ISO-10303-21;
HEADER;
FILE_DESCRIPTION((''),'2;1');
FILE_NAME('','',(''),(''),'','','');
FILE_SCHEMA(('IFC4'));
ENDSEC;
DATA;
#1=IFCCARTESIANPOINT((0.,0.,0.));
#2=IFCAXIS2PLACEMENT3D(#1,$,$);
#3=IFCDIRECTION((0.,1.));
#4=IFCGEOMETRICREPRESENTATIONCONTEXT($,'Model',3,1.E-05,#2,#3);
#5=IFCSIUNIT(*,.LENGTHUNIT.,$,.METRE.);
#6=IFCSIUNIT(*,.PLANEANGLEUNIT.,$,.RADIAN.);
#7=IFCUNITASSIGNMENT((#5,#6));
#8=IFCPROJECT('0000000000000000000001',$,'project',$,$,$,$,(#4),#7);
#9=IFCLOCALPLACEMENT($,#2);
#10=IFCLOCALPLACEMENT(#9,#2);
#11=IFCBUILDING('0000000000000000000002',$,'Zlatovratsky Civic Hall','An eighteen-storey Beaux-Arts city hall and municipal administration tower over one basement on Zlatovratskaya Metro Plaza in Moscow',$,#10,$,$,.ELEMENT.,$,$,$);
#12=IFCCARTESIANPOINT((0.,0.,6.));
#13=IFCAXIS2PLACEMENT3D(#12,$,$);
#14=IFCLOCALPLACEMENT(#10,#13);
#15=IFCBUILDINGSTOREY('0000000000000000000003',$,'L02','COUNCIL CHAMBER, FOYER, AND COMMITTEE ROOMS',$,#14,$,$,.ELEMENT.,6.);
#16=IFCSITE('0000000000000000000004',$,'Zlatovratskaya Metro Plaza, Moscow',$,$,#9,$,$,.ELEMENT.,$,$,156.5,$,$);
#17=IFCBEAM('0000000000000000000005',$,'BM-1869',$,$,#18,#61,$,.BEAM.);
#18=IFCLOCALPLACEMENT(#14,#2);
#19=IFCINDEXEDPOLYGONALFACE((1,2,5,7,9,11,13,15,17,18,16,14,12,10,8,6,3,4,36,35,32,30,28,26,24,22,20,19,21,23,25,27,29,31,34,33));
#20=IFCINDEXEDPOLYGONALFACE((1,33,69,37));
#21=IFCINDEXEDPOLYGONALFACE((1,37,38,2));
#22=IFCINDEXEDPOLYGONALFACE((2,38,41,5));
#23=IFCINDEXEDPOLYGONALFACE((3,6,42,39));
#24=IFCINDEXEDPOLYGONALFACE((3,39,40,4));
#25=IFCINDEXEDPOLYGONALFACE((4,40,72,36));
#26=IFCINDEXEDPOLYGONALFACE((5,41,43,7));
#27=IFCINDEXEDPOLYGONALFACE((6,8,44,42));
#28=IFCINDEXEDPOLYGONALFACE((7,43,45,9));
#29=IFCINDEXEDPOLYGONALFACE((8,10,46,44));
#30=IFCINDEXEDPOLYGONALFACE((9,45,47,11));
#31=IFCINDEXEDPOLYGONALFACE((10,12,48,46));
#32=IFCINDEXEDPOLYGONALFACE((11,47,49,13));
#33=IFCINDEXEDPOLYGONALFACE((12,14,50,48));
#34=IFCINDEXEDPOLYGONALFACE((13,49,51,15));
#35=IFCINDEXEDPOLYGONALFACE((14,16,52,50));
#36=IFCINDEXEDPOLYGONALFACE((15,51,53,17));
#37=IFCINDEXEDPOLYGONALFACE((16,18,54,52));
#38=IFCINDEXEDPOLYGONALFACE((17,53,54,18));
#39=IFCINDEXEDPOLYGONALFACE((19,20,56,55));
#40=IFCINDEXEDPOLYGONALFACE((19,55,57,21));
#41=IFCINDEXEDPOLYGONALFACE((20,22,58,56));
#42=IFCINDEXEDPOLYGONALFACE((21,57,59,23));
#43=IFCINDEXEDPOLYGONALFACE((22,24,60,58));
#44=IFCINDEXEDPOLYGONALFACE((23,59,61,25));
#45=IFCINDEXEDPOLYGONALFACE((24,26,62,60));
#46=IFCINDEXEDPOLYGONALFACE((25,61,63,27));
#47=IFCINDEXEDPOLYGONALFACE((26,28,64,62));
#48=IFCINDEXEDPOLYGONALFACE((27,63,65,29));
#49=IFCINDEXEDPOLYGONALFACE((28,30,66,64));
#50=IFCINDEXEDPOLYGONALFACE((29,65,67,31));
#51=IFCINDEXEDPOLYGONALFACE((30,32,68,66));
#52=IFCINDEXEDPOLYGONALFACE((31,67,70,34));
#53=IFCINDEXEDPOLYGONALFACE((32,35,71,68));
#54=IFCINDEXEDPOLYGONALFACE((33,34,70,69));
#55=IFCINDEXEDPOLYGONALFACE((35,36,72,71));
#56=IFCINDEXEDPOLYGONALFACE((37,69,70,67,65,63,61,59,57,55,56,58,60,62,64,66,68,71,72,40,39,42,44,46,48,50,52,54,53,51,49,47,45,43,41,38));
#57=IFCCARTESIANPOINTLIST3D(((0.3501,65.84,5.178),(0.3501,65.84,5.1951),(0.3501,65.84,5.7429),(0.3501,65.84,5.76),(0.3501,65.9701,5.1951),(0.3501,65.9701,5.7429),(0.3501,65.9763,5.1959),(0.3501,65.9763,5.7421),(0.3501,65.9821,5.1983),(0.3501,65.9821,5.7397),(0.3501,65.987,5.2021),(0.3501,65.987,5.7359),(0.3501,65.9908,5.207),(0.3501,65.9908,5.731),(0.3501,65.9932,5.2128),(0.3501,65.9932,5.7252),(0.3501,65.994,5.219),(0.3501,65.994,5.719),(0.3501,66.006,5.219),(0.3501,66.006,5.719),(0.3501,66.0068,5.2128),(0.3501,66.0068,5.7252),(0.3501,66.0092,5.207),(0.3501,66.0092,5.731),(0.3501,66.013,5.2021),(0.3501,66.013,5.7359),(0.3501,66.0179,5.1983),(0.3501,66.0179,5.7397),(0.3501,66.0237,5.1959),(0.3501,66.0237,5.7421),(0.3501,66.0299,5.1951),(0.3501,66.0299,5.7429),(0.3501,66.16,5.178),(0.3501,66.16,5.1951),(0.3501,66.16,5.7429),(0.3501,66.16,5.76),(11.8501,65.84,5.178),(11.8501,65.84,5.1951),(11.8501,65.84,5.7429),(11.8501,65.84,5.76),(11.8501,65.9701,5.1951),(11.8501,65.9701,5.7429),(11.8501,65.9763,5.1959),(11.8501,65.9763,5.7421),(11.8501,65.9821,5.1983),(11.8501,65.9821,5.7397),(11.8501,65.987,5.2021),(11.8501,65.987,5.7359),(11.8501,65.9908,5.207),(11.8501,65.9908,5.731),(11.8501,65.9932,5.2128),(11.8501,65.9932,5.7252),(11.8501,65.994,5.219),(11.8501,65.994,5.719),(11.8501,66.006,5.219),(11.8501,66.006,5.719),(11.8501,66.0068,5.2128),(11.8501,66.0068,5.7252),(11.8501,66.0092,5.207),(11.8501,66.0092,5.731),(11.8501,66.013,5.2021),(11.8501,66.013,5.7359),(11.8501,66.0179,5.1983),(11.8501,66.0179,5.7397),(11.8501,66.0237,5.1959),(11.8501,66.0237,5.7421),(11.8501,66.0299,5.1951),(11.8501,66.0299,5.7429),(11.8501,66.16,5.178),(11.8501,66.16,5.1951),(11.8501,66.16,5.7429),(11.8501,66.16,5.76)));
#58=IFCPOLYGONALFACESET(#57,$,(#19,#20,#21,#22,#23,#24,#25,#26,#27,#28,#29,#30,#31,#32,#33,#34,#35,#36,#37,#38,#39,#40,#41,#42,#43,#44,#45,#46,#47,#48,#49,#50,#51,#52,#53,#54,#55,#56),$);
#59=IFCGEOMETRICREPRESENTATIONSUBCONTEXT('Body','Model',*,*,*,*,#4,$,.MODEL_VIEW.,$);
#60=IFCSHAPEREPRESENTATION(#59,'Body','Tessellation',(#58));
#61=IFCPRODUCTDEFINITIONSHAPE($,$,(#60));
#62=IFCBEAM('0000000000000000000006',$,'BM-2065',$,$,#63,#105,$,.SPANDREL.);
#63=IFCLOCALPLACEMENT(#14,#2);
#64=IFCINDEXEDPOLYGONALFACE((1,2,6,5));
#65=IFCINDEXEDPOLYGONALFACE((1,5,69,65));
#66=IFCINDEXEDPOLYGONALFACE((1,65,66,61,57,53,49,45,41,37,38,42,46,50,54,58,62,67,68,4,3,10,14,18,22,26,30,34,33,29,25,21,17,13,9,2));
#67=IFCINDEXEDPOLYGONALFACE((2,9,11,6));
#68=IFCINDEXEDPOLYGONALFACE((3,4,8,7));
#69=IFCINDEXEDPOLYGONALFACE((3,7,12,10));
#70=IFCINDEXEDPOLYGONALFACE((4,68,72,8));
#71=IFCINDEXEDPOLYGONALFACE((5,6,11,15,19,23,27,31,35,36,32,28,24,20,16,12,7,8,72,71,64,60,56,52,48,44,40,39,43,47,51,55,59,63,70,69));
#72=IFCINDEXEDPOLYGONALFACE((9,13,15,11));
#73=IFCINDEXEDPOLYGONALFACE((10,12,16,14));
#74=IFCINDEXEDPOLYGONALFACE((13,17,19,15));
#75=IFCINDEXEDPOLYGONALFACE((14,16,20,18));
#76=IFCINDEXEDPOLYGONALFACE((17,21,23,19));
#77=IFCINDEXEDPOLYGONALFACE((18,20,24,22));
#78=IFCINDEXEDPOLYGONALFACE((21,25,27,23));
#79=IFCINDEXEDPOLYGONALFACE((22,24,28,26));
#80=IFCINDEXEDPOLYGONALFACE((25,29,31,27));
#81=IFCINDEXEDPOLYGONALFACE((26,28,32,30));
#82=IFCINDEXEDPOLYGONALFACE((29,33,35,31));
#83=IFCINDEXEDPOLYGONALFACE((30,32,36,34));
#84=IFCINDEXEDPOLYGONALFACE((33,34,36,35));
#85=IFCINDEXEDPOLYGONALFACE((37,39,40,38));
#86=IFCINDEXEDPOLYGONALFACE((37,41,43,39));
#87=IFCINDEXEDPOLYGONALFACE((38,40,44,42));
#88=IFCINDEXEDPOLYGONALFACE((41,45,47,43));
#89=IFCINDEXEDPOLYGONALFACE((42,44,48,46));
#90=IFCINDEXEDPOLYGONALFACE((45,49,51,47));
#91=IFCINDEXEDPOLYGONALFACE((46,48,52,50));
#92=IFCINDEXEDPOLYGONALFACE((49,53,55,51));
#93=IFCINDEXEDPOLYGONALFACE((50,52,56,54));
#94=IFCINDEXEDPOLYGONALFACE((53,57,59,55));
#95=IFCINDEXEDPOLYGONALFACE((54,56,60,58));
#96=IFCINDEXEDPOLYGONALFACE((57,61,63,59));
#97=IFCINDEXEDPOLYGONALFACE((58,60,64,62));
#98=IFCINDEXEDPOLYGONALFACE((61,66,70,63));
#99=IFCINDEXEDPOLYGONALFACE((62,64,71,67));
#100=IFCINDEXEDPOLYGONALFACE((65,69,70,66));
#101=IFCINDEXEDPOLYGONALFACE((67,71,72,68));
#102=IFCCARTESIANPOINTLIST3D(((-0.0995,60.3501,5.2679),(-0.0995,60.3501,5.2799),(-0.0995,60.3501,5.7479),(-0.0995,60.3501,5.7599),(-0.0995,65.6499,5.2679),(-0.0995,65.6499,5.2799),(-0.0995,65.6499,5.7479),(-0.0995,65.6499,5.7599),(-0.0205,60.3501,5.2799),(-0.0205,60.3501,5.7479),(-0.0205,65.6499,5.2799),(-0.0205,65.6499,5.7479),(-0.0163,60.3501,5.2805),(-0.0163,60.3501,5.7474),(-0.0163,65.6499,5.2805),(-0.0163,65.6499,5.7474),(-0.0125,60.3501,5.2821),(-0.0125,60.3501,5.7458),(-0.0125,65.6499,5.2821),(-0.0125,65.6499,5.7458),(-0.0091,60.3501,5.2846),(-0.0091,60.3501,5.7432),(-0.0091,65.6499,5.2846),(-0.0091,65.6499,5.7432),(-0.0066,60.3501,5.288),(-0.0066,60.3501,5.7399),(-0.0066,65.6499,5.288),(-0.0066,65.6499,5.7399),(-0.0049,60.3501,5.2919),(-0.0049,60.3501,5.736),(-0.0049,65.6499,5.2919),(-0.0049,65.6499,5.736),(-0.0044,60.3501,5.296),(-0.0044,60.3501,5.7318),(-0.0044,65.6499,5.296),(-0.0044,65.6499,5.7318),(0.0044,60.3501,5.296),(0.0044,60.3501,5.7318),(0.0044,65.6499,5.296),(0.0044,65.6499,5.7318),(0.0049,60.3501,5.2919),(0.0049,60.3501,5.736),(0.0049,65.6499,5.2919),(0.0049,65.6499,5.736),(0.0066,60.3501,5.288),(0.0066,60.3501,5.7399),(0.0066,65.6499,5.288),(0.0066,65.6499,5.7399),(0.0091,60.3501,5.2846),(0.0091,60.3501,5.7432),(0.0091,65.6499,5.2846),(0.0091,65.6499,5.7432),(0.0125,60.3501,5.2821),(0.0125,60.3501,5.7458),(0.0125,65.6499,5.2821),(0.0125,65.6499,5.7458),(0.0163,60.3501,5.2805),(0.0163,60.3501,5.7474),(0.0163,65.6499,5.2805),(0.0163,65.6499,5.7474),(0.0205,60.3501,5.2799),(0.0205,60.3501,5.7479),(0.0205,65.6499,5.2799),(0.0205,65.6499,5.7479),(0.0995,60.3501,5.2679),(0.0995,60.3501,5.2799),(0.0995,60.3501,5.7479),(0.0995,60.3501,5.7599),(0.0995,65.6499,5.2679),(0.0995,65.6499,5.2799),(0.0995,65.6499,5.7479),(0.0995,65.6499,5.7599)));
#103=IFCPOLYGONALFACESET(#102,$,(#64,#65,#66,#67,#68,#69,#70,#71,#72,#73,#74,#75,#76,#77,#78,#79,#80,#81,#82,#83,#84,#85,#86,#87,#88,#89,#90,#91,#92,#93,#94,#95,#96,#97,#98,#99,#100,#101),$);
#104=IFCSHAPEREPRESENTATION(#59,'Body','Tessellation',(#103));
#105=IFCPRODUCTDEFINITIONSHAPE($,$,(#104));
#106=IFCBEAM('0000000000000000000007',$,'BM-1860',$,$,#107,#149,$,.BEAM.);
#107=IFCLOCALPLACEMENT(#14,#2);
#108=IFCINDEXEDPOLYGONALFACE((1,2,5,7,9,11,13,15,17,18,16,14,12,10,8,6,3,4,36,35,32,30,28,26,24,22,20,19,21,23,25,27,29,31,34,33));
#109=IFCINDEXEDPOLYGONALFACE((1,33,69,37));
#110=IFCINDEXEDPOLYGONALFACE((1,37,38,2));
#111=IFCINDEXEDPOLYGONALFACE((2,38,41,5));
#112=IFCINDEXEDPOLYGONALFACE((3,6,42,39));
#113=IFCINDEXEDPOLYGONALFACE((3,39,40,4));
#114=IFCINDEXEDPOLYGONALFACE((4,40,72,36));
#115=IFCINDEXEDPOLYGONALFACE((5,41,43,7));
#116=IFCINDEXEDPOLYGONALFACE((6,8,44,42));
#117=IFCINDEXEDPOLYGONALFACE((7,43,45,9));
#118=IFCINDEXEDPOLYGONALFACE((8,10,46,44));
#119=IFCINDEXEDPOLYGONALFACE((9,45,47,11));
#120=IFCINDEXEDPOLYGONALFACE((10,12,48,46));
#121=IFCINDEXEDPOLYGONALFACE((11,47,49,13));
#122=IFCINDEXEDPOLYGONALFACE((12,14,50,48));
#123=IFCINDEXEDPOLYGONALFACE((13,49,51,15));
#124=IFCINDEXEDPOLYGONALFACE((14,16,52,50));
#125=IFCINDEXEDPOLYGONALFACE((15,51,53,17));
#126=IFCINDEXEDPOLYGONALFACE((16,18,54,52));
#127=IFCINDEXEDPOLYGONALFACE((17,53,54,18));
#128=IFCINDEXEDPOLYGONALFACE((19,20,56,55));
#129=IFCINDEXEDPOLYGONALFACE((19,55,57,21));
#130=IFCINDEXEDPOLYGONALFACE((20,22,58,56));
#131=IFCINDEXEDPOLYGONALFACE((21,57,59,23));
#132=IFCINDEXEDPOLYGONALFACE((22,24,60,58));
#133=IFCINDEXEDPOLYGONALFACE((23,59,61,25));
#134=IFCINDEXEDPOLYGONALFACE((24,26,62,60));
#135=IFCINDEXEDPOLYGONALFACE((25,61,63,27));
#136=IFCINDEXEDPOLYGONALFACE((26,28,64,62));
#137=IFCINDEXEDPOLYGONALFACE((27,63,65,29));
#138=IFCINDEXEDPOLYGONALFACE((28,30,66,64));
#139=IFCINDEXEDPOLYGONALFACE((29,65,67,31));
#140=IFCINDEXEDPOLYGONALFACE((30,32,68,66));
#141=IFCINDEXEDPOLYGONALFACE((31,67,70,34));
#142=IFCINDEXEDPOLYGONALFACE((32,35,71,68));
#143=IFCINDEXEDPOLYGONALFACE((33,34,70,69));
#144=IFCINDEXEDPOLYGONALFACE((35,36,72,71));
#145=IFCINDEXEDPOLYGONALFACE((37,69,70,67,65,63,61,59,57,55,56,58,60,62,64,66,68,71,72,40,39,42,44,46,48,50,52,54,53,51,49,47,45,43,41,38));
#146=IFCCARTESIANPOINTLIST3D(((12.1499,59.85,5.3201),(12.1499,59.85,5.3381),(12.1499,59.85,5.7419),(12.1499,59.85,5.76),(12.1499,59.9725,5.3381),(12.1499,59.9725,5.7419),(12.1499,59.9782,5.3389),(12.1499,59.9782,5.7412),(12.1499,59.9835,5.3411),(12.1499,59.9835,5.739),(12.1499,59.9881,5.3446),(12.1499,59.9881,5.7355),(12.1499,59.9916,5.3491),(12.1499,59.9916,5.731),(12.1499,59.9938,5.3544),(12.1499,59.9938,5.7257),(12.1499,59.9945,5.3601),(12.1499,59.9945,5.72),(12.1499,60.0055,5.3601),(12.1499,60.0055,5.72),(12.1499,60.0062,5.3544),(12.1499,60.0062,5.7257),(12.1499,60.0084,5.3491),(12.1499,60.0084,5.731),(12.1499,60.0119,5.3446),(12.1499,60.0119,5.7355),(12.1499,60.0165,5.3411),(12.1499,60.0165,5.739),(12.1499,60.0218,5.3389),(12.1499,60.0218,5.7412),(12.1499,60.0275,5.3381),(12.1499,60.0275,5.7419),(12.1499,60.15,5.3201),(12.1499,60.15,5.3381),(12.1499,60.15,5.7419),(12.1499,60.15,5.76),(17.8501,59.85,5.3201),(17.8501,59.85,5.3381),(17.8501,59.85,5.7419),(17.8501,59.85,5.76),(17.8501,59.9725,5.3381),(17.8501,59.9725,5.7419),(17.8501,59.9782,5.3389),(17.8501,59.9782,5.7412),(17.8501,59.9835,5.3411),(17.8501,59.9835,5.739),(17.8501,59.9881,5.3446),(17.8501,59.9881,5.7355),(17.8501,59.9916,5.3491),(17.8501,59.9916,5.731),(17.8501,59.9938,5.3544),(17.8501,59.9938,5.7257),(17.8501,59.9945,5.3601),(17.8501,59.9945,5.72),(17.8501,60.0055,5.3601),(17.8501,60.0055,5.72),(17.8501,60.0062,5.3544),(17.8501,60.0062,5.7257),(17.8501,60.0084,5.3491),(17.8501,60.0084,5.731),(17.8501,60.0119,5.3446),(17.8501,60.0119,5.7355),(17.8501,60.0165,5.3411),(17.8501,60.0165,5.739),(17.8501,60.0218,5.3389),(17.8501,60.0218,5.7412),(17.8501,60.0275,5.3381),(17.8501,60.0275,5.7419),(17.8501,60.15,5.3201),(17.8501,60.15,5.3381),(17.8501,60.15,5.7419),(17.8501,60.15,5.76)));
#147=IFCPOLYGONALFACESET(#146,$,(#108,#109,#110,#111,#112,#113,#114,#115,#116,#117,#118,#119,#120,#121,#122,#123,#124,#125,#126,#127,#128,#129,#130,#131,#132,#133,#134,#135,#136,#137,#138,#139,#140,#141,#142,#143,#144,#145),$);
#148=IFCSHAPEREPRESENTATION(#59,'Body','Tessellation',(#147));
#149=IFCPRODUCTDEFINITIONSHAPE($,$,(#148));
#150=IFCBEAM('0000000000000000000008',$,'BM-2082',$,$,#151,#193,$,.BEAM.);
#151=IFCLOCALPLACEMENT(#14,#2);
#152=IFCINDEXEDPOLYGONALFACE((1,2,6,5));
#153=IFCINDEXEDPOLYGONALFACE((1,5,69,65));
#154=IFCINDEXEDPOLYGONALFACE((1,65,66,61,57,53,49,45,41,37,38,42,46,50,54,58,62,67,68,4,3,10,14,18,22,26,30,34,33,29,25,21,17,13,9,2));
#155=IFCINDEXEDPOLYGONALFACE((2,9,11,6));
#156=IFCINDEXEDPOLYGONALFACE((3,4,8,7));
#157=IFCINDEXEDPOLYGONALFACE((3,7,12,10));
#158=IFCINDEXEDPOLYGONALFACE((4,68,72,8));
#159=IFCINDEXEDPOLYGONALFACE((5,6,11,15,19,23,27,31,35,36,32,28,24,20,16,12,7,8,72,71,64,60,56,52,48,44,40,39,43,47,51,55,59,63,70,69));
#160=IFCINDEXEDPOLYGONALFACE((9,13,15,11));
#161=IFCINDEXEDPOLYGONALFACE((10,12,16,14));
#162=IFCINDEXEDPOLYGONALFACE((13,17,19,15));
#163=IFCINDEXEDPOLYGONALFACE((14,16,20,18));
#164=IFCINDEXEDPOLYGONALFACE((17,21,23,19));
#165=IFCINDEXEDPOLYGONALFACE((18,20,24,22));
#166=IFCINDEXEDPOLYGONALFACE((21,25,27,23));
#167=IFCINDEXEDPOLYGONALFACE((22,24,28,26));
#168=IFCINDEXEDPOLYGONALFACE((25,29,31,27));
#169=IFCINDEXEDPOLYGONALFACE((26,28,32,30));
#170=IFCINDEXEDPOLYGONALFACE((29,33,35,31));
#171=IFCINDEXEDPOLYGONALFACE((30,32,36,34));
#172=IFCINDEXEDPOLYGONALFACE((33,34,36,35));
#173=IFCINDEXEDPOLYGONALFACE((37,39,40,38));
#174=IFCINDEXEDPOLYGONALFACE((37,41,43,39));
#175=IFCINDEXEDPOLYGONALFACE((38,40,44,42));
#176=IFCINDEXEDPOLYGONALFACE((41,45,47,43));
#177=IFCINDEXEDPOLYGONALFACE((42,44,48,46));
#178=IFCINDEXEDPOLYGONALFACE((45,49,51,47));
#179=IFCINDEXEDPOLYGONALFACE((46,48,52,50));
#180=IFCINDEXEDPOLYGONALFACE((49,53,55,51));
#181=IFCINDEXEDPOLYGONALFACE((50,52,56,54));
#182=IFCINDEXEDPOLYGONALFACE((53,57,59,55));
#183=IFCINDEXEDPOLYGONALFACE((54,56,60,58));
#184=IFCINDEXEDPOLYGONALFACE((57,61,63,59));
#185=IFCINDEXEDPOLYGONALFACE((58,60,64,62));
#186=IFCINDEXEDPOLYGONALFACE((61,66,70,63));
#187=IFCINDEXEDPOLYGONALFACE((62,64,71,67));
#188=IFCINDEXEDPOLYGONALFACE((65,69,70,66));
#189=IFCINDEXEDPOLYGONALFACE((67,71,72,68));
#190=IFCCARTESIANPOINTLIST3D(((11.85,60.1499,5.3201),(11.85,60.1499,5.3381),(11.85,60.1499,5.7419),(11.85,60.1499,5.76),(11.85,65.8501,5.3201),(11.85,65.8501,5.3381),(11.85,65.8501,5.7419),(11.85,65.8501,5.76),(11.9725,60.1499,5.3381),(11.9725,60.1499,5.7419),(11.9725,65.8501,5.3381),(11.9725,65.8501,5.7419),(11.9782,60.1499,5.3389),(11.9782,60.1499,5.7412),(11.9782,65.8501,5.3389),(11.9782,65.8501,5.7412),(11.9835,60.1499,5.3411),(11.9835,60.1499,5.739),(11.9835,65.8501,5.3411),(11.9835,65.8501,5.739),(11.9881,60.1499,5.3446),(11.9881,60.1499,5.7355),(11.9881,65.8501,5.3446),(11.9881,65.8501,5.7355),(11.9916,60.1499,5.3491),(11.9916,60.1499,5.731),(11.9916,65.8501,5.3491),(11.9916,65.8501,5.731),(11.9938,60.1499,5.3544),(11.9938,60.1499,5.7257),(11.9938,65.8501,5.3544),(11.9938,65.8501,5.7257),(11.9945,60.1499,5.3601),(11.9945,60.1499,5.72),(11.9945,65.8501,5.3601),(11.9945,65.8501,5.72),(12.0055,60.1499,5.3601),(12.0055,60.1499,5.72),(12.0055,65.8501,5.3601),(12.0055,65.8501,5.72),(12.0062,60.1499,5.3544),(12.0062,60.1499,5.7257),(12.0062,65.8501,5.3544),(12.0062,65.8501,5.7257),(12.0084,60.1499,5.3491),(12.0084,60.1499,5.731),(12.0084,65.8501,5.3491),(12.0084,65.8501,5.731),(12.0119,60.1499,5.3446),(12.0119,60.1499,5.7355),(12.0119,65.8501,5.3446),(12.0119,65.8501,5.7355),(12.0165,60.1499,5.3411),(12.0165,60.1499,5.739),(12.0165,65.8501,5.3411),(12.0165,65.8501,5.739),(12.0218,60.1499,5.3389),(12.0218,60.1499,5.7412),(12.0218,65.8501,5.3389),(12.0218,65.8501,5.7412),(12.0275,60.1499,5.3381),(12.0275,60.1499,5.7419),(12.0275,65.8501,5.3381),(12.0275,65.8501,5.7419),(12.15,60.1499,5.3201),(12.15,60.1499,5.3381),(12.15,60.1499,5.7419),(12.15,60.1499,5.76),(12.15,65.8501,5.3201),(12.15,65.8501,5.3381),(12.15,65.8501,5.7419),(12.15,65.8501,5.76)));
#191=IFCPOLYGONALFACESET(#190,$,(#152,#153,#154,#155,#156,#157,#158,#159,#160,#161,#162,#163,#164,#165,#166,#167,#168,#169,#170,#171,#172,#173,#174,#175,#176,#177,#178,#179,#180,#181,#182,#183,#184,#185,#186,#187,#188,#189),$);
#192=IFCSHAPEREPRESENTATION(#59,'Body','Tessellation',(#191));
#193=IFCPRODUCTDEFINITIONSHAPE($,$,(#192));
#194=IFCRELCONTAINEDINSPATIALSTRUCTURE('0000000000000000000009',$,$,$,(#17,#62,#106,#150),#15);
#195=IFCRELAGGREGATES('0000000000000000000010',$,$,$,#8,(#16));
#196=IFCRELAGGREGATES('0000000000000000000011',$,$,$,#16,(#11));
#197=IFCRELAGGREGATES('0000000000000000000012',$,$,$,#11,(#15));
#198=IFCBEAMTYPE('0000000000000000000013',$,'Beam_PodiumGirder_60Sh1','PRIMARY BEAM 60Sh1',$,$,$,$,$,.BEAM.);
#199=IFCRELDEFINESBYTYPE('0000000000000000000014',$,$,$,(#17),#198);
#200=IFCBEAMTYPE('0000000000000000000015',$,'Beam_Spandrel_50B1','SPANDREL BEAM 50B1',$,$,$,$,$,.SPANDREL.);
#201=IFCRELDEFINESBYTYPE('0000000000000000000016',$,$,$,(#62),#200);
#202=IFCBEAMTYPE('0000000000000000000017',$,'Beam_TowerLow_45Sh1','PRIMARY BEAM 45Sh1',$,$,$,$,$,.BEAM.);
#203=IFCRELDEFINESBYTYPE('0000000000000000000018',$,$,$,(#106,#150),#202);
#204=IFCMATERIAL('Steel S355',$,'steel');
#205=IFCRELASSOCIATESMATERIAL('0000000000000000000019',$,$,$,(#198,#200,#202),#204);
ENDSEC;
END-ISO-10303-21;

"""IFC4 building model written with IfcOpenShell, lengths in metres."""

from ifc_helpers import new_model, si_unit, direction, frame, origin, origin_2d, place, context, subcontext, project, spatial, i_section, extrude, material, material_profile, profile_set, type_object, element, save


model = new_model("IFC4")

# Units and contexts
model_context = context("Model", 3, precision=1e-05, world=origin(), true_north=direction((0.0, 1.0)))
body_context = subcontext(model_context, "Body", "Model", "MODEL_VIEW")
ifc_project = project(units=[si_unit("LENGTHUNIT", "METRE"), si_unit("PLANEANGLEUNIT", "RADIAN")], contexts=[model_context])

# Site, building, storey
site_placement = place(None, origin())
site = spatial("IfcSite", under=ifc_project, at=site_placement, Name="Zlatovratskaya Metro Plaza, Moscow", CompositionType="ELEMENT", RefElevation=156.5)
building_placement = place(site_placement, origin())
building = spatial("IfcBuilding", under=site, at=building_placement, Name="Zlatovratsky Civic Hall", Description="An eighteen-storey Beaux-Arts city hall and municipal administration tower over one basement on Zlatovratskaya Metro Plaza in Moscow", CompositionType="ELEMENT")
storey_placement = place(building_placement, frame((0.0, 0.0, 6.0)))
storey = spatial("IfcBuildingStorey", under=building, at=storey_placement, Name="L02", Description="COUNCIL CHAMBER, FOYER, AND COMMITTEE ROOMS", CompositionType="ELEMENT", Elevation=6.0)

# Shared definitions
ifc_material_1 = material(Name="Steel S355", Category="steel")

# Beams
ifc_material_profile_1 = material_profile(ifc_material_1, i_section(OverallWidth=0.3201, OverallDepth=0.582, WebThickness=0.012, FlangeThickness=0.0171, FilletRadius=0.0239, at=origin_2d()), Name="60Sh1")
ifc_profile_set_1 = profile_set([ifc_material_profile_1], Name="Steel S355")
beam_type_1 = type_object("IfcBeamType", Name="Beam_PodiumGirder_60Sh1", Description="PRIMARY BEAM 60Sh1", PredefinedType="BEAM", material=ifc_profile_set_1)
for number, where, z_axis, x_axis, name in (
    (1, (0.3501, 66.0, 5.469), (1.0, 0.0, 0.0), (0.0, 1.0, 0.0), "BM-1869"),
):
    element("IfcBeam", number, at=place(storey_placement, frame(where, z_axis=z_axis, x_axis=x_axis)), inside=storey, type_object=beam_type_1, Name=name, PredefinedType="BEAM", context=body_context, shape_type="SweptSolid", body=[
        extrude(i_section(OverallWidth=0.3201, OverallDepth=0.582, WebThickness=0.012, FlangeThickness=0.0171, FilletRadius=0.0239, at=origin_2d()), origin(), (0.0, 0.0, 1.0), 11.5),
    ])
ifc_material_profile_2 = material_profile(ifc_material_1, i_section(OverallWidth=0.199, OverallDepth=0.4919, WebThickness=0.0088, FlangeThickness=0.012, FilletRadius=0.0161, at=origin_2d()), Name="50B1")
ifc_profile_set_2 = profile_set([ifc_material_profile_2], Name="Steel S355")
beam_type_2 = type_object("IfcBeamType", Name="Beam_Spandrel_50B1", Description="SPANDREL BEAM 50B1", PredefinedType="SPANDREL", material=ifc_profile_set_2)
beam_1_placement = place(storey_placement, frame((0.0, 60.3501, 5.5139), z_axis=(0.0, 1.0, 0.0), x_axis=(-1.0, 0.0, 0.0)))
element("IfcBeam", 2, at=beam_1_placement, inside=storey, type_object=beam_type_2, Name="BM-2065", PredefinedType="SPANDREL", context=body_context, shape_type="SweptSolid", body=[
    extrude(i_section(OverallWidth=0.199, OverallDepth=0.4919, WebThickness=0.0088, FlangeThickness=0.012, FilletRadius=0.0161, at=origin_2d()), origin(), (0.0, 0.0, 1.0), 5.2998),
])
ifc_material_profile_3 = material_profile(ifc_material_1, i_section(OverallWidth=0.3, OverallDepth=0.4399, WebThickness=0.011, FlangeThickness=0.0181, FilletRadius=0.022, at=origin_2d()), Name="45Sh1")
ifc_profile_set_3 = profile_set([ifc_material_profile_3], Name="Steel S355")
beam_type_3 = type_object("IfcBeamType", Name="Beam_TowerLow_45Sh1", Description="PRIMARY BEAM 45Sh1", PredefinedType="BEAM", material=ifc_profile_set_3)
for number, where, z_axis, x_axis, name in (
    (3, (12.1499, 60.0, 5.54), (1.0, 0.0, 0.0), (0.0, 1.0, 0.0), "BM-1860"),
    (4, (12.0, 60.1499, 5.54), (0.0, 1.0, 0.0), (-1.0, 0.0, 0.0), "BM-2082"),
):
    element("IfcBeam", number, at=place(storey_placement, frame(where, z_axis=z_axis, x_axis=x_axis)), inside=storey, type_object=beam_type_3, Name=name, PredefinedType="BEAM", context=body_context, shape_type="SweptSolid", body=[
        extrude(i_section(OverallWidth=0.3, OverallDepth=0.4399, WebThickness=0.011, FlangeThickness=0.0181, FilletRadius=0.022, at=origin_2d()), origin(), (0.0, 0.0, 1.0), 5.7002),
    ])

save(model, "model.ifc")
